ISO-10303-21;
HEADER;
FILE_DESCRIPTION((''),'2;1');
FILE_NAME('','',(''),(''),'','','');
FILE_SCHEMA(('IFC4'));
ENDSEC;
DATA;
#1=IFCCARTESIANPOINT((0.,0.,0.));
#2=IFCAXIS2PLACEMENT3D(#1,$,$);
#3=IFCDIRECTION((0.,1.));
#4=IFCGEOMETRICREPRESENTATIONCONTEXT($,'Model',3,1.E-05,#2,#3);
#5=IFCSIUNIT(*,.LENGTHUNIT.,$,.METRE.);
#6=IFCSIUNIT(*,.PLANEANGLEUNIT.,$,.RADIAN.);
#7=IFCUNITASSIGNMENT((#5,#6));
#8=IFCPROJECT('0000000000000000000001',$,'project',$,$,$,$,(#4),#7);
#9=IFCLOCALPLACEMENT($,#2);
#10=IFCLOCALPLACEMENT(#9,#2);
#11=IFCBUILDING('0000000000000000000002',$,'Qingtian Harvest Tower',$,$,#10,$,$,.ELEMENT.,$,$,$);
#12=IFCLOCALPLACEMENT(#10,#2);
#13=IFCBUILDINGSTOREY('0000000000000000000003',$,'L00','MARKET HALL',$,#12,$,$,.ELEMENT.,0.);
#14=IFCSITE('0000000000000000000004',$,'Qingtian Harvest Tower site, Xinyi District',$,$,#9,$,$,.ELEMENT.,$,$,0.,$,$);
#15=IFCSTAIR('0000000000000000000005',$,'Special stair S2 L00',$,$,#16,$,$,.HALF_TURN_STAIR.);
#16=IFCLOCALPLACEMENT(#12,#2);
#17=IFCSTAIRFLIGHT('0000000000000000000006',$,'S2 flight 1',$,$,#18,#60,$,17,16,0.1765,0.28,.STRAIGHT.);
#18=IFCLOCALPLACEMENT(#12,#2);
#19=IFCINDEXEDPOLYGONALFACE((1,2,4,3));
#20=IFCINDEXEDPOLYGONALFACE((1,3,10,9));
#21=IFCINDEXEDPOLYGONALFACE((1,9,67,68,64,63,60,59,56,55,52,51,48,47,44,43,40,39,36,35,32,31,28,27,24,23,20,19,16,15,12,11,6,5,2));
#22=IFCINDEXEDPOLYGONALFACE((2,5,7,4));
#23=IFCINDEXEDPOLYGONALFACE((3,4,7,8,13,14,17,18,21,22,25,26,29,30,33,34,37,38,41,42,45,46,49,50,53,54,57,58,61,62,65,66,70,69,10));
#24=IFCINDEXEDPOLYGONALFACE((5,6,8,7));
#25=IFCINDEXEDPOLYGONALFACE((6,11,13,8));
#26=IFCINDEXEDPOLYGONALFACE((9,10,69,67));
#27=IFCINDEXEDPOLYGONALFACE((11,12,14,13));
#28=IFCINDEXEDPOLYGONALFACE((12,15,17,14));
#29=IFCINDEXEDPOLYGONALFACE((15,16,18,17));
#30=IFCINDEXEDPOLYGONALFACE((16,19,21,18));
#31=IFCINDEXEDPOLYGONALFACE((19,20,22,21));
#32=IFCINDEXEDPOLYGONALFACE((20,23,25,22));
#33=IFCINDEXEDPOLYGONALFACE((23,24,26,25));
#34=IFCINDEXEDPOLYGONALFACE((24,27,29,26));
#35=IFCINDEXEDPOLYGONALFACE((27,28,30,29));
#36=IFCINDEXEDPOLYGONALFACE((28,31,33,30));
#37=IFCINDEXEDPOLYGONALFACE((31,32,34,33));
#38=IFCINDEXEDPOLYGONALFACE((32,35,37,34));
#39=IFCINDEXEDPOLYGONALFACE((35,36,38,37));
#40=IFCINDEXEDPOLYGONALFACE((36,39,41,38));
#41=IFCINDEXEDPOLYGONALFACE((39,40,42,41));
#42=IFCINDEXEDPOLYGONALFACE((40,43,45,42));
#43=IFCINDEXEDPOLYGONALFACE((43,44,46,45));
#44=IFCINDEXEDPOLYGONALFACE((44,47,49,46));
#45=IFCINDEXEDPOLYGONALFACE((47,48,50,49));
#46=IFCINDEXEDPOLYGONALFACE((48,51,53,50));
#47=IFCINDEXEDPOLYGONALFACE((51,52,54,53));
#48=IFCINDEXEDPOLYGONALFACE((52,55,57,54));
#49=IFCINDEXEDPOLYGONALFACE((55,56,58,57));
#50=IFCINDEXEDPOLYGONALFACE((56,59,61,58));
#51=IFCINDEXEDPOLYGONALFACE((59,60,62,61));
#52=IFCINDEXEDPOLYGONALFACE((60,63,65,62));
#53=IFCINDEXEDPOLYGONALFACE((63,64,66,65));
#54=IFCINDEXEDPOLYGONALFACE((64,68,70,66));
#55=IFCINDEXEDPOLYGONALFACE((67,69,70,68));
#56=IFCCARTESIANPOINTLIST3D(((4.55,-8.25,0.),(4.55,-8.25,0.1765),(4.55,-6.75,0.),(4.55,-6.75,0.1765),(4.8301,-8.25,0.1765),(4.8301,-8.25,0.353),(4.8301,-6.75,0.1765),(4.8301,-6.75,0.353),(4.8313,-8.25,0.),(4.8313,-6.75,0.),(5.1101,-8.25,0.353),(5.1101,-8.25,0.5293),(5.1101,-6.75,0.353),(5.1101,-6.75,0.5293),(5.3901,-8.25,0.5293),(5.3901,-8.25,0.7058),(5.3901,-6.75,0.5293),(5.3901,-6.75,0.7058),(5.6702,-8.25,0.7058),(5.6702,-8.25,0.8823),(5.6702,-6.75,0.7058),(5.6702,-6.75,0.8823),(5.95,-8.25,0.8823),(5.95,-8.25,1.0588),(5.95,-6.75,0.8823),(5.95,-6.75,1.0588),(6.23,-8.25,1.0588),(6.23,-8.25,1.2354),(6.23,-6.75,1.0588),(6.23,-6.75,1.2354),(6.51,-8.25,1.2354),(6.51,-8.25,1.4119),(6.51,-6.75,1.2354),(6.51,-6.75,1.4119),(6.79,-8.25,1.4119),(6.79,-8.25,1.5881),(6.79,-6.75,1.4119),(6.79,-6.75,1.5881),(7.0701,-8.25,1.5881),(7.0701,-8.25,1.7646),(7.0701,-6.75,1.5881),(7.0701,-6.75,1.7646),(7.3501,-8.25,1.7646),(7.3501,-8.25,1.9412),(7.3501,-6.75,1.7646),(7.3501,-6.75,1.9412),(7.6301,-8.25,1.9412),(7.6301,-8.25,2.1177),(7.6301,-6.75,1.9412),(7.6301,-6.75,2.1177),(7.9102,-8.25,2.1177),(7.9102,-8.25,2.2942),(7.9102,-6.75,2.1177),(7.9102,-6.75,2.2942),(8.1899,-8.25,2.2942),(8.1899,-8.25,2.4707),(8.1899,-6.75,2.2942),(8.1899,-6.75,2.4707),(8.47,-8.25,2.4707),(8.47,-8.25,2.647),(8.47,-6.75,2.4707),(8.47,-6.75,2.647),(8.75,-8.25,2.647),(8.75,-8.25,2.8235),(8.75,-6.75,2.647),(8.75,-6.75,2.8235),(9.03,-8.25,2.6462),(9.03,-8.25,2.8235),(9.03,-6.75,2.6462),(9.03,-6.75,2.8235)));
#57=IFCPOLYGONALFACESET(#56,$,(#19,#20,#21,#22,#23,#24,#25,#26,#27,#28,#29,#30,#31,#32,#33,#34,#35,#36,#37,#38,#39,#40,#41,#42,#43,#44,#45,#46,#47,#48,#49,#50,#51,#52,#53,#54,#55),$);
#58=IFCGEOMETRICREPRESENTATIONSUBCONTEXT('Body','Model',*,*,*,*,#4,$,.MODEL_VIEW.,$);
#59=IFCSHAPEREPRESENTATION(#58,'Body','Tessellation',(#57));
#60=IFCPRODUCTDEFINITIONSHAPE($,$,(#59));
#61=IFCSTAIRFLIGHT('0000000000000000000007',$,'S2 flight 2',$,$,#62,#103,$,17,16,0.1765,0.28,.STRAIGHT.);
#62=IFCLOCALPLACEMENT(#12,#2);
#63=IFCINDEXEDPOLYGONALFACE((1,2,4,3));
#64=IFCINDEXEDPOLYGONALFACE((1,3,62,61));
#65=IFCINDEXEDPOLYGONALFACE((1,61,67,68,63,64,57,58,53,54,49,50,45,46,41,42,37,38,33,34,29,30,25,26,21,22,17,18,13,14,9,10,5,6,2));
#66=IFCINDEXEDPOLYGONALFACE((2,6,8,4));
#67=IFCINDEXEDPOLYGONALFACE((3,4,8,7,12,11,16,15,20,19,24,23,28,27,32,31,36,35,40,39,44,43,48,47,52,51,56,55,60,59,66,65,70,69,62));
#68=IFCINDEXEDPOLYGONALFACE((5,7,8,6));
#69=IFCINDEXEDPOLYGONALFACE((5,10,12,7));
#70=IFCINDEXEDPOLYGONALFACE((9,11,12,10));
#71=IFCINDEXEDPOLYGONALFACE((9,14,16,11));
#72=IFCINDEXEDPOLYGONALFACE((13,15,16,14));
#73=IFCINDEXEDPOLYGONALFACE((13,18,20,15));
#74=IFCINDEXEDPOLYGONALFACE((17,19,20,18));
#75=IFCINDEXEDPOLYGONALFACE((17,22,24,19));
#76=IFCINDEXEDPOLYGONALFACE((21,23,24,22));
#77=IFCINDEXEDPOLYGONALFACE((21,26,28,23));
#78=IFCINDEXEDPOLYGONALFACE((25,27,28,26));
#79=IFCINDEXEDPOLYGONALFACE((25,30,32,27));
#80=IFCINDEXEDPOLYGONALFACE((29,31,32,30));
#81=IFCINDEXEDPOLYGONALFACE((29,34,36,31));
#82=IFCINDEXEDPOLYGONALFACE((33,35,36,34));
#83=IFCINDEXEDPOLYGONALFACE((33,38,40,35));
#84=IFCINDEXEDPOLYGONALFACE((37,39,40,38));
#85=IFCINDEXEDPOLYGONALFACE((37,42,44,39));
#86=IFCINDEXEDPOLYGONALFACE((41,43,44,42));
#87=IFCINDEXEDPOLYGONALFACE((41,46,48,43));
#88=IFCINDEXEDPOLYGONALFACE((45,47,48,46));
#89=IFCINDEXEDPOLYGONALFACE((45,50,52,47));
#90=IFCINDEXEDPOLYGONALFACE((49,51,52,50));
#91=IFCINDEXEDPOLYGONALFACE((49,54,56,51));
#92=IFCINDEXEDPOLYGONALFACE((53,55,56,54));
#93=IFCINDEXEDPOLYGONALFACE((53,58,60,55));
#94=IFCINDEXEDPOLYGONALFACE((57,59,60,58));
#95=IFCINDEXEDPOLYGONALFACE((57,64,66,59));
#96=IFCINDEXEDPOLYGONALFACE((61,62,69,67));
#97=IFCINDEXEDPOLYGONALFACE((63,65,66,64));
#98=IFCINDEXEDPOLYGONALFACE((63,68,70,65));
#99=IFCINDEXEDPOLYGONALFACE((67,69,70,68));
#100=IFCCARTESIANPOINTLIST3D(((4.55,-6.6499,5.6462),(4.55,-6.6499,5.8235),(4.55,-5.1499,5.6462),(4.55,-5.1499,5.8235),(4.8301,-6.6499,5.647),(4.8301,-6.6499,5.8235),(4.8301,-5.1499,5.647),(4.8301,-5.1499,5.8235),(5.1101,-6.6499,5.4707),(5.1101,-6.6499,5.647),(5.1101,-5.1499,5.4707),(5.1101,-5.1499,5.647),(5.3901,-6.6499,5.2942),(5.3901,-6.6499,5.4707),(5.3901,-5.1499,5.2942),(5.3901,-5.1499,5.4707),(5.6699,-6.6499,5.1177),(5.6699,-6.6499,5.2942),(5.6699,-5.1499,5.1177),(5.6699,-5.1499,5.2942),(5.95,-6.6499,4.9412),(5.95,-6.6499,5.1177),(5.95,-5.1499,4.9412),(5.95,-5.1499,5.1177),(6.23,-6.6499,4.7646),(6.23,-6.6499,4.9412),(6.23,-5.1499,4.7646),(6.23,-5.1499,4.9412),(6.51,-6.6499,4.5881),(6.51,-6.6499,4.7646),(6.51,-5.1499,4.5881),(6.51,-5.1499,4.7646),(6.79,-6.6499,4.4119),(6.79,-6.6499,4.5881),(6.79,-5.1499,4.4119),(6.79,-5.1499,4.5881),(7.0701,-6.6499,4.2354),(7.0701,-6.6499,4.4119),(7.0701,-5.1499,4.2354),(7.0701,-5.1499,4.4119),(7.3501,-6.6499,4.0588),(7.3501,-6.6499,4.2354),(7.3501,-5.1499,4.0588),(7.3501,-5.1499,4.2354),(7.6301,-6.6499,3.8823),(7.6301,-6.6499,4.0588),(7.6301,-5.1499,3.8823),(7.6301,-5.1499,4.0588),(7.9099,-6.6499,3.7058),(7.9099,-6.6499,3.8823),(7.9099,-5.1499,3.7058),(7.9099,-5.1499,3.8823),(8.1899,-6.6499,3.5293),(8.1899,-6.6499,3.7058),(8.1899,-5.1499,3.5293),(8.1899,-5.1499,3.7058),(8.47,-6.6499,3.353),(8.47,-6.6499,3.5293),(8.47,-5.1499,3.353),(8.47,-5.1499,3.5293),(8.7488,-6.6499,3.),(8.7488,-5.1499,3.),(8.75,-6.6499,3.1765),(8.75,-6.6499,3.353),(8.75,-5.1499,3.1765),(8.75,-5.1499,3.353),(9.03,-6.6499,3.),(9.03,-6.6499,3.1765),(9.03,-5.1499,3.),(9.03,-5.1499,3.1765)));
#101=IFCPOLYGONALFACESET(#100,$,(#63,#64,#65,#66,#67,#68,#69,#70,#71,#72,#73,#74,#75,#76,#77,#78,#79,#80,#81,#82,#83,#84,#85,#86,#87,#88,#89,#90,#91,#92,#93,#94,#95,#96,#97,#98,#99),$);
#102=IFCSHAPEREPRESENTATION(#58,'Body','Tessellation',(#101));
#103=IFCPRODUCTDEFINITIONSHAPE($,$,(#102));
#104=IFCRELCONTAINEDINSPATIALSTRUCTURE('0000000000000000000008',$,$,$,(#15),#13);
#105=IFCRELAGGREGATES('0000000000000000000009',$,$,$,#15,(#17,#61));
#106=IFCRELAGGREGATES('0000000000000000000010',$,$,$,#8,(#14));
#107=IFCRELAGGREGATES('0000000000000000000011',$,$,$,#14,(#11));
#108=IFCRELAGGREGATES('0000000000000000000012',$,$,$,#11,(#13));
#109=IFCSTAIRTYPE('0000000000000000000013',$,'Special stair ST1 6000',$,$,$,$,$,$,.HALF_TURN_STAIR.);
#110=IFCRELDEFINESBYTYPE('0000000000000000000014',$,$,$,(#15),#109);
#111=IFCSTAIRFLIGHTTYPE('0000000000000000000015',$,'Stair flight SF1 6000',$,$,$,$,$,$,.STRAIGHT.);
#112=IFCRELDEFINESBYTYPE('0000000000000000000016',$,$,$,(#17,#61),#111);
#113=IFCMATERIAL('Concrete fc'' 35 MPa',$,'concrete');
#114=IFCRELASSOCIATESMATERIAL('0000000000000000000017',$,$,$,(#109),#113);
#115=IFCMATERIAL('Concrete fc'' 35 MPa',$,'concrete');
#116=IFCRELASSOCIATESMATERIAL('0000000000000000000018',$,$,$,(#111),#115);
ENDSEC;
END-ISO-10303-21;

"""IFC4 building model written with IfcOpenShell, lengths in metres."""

from ifc_helpers import new_model, si_unit, direction, frame, origin, place, context, subcontext, project, spatial, polyline, outline, extrude, material, type_object, element, aggregate, save


model = new_model("IFC4")

# Units and contexts
model_context = context("Model", 3, precision=1e-05, world=origin(), true_north=direction((0.0, 1.0)))
body_context = subcontext(model_context, "Body", "Model", "MODEL_VIEW")
ifc_project = project(units=[si_unit("LENGTHUNIT", "METRE"), si_unit("PLANEANGLEUNIT", "RADIAN")], contexts=[model_context])

# Site, building, storey
site_placement = place(None, origin())
site = spatial("IfcSite", under=ifc_project, at=site_placement, Name="Qingtian Harvest Tower site, Xinyi District", CompositionType="ELEMENT", RefElevation=0.0)
building_placement = place(site_placement, origin())
building = spatial("IfcBuilding", under=site, at=building_placement, Name="Qingtian Harvest Tower", CompositionType="ELEMENT")
storey_placement = place(building_placement, origin())
storey = spatial("IfcBuildingStorey", under=building, at=storey_placement, Name="L00", Description="MARKET HALL", CompositionType="ELEMENT", Elevation=0.0)

# Stair, stair flights
ifc_material_1 = material(Name="Concrete fc' 35 MPa", Category="concrete")
stair_type = type_object("IfcStairType", Name="Special stair ST1 6000", PredefinedType="HALF_TURN_STAIR", material=ifc_material_1)
stair_placement = place(storey_placement, origin())
stair = element("IfcStair", 1, at=stair_placement, inside=storey, type_object=stair_type, Name="Special stair S2 L00", PredefinedType="HALF_TURN_STAIR")
ifc_material_2 = material(Name="Concrete fc' 35 MPa", Category="concrete")
stair_flight_type = type_object("IfcStairFlightType", Name="Stair flight SF1 6000", PredefinedType="STRAIGHT", material=ifc_material_2)
stair_flight_1_placement = place(storey_placement, frame((4.55, -7.5, 0.0), z_axis=(0.0, 0.0, 1.0), x_axis=(1.0, 0.0, 0.0)))
stair_flight_1 = element("IfcStairFlight", 2, at=stair_flight_1_placement, type_object=stair_flight_type, Name="S2 flight 1", NumberOfRisers=17, NumberOfTreads=16, PredefinedType="STRAIGHT", RiserHeight=0.1765, TreadLength=0.28, context=body_context, shape_type="SweptSolid", body=[
    extrude(outline(polyline([(0.0, 0.0), (0.0, 0.1765), (0.28, 0.1765), (0.28, 0.353), (0.5601, 0.353), (0.5601, 0.5293), (0.8401, 0.5293), (0.8401, 0.7058), (1.1201, 0.7058), (1.1201, 0.8823), (1.3999, 0.8823), (1.3999, 1.0588), (1.6799, 1.0588), (1.6799, 1.2354), (1.96, 1.2354), (1.96, 1.4119), (2.24, 1.4119), (2.24, 1.5881), (2.52, 1.5881), (2.52, 1.7646), (2.8, 1.7646), (2.8, 1.9412), (3.0801, 1.9412), (3.0801, 2.1177), (3.3601, 2.1177), (3.3601, 2.2942), (3.6399, 2.2942), (3.6399, 2.4707), (3.9199, 2.4707), (3.9199, 2.647), (4.2, 2.647), (4.2, 2.8235), (4.48, 2.8235), (4.48, 3.0), (4.48, 2.6462), (0.2812, 0.0), (0.0, 0.0)])), frame((0.0, 0.75, 0.0), z_axis=(0.0, -1.0, 0.0), x_axis=(1.0, 0.0, 0.0)), (0.0, 0.0, 1.0), 1.5),
])
stair_flight_2_placement = place(storey_placement, frame((9.03, -5.8999, 3.0), z_axis=(0.0, 0.0, 1.0), x_axis=(-1.0, 0.0, 0.0)))
stair_flight_2 = element("IfcStairFlight", 3, at=stair_flight_2_placement, type_object=stair_flight_type, Name="S2 flight 2", NumberOfRisers=17, NumberOfTreads=16, PredefinedType="STRAIGHT", RiserHeight=0.1765, TreadLength=0.28, context=body_context, shape_type="SweptSolid", body=[
    extrude(outline(polyline([(0.0, 0.0), (0.0, 0.1765), (0.28, 0.1765), (0.28, 0.353), (0.5601, 0.353), (0.5601, 0.5293), (0.8401, 0.5293), (0.8401, 0.7058), (1.1201, 0.7058), (1.1201, 0.8823), (1.3999, 0.8823), (1.3999, 1.0588), (1.6799, 1.0588), (1.6799, 1.2354), (1.96, 1.2354), (1.96, 1.4119), (2.24, 1.4119), (2.24, 1.5881), (2.52, 1.5881), (2.52, 1.7646), (2.8, 1.7646), (2.8, 1.9412), (3.0801, 1.9412), (3.0801, 2.1177), (3.3601, 2.1177), (3.3601, 2.2942), (3.6399, 2.2942), (3.6399, 2.4707), (3.9199, 2.4707), (3.9199, 2.647), (4.2, 2.647), (4.2, 2.8235), (4.48, 2.8235), (4.48, 3.0), (4.48, 2.6462), (0.2812, 0.0), (0.0, 0.0)])), frame((0.0, 0.75, 0.0), z_axis=(0.0, -1.0, 0.0), x_axis=(1.0, 0.0, 0.0)), (0.0, 0.0, 1.0), 1.5),
])
aggregate(stair, [stair_flight_1, stair_flight_2])

save(model, "model.ifc")
